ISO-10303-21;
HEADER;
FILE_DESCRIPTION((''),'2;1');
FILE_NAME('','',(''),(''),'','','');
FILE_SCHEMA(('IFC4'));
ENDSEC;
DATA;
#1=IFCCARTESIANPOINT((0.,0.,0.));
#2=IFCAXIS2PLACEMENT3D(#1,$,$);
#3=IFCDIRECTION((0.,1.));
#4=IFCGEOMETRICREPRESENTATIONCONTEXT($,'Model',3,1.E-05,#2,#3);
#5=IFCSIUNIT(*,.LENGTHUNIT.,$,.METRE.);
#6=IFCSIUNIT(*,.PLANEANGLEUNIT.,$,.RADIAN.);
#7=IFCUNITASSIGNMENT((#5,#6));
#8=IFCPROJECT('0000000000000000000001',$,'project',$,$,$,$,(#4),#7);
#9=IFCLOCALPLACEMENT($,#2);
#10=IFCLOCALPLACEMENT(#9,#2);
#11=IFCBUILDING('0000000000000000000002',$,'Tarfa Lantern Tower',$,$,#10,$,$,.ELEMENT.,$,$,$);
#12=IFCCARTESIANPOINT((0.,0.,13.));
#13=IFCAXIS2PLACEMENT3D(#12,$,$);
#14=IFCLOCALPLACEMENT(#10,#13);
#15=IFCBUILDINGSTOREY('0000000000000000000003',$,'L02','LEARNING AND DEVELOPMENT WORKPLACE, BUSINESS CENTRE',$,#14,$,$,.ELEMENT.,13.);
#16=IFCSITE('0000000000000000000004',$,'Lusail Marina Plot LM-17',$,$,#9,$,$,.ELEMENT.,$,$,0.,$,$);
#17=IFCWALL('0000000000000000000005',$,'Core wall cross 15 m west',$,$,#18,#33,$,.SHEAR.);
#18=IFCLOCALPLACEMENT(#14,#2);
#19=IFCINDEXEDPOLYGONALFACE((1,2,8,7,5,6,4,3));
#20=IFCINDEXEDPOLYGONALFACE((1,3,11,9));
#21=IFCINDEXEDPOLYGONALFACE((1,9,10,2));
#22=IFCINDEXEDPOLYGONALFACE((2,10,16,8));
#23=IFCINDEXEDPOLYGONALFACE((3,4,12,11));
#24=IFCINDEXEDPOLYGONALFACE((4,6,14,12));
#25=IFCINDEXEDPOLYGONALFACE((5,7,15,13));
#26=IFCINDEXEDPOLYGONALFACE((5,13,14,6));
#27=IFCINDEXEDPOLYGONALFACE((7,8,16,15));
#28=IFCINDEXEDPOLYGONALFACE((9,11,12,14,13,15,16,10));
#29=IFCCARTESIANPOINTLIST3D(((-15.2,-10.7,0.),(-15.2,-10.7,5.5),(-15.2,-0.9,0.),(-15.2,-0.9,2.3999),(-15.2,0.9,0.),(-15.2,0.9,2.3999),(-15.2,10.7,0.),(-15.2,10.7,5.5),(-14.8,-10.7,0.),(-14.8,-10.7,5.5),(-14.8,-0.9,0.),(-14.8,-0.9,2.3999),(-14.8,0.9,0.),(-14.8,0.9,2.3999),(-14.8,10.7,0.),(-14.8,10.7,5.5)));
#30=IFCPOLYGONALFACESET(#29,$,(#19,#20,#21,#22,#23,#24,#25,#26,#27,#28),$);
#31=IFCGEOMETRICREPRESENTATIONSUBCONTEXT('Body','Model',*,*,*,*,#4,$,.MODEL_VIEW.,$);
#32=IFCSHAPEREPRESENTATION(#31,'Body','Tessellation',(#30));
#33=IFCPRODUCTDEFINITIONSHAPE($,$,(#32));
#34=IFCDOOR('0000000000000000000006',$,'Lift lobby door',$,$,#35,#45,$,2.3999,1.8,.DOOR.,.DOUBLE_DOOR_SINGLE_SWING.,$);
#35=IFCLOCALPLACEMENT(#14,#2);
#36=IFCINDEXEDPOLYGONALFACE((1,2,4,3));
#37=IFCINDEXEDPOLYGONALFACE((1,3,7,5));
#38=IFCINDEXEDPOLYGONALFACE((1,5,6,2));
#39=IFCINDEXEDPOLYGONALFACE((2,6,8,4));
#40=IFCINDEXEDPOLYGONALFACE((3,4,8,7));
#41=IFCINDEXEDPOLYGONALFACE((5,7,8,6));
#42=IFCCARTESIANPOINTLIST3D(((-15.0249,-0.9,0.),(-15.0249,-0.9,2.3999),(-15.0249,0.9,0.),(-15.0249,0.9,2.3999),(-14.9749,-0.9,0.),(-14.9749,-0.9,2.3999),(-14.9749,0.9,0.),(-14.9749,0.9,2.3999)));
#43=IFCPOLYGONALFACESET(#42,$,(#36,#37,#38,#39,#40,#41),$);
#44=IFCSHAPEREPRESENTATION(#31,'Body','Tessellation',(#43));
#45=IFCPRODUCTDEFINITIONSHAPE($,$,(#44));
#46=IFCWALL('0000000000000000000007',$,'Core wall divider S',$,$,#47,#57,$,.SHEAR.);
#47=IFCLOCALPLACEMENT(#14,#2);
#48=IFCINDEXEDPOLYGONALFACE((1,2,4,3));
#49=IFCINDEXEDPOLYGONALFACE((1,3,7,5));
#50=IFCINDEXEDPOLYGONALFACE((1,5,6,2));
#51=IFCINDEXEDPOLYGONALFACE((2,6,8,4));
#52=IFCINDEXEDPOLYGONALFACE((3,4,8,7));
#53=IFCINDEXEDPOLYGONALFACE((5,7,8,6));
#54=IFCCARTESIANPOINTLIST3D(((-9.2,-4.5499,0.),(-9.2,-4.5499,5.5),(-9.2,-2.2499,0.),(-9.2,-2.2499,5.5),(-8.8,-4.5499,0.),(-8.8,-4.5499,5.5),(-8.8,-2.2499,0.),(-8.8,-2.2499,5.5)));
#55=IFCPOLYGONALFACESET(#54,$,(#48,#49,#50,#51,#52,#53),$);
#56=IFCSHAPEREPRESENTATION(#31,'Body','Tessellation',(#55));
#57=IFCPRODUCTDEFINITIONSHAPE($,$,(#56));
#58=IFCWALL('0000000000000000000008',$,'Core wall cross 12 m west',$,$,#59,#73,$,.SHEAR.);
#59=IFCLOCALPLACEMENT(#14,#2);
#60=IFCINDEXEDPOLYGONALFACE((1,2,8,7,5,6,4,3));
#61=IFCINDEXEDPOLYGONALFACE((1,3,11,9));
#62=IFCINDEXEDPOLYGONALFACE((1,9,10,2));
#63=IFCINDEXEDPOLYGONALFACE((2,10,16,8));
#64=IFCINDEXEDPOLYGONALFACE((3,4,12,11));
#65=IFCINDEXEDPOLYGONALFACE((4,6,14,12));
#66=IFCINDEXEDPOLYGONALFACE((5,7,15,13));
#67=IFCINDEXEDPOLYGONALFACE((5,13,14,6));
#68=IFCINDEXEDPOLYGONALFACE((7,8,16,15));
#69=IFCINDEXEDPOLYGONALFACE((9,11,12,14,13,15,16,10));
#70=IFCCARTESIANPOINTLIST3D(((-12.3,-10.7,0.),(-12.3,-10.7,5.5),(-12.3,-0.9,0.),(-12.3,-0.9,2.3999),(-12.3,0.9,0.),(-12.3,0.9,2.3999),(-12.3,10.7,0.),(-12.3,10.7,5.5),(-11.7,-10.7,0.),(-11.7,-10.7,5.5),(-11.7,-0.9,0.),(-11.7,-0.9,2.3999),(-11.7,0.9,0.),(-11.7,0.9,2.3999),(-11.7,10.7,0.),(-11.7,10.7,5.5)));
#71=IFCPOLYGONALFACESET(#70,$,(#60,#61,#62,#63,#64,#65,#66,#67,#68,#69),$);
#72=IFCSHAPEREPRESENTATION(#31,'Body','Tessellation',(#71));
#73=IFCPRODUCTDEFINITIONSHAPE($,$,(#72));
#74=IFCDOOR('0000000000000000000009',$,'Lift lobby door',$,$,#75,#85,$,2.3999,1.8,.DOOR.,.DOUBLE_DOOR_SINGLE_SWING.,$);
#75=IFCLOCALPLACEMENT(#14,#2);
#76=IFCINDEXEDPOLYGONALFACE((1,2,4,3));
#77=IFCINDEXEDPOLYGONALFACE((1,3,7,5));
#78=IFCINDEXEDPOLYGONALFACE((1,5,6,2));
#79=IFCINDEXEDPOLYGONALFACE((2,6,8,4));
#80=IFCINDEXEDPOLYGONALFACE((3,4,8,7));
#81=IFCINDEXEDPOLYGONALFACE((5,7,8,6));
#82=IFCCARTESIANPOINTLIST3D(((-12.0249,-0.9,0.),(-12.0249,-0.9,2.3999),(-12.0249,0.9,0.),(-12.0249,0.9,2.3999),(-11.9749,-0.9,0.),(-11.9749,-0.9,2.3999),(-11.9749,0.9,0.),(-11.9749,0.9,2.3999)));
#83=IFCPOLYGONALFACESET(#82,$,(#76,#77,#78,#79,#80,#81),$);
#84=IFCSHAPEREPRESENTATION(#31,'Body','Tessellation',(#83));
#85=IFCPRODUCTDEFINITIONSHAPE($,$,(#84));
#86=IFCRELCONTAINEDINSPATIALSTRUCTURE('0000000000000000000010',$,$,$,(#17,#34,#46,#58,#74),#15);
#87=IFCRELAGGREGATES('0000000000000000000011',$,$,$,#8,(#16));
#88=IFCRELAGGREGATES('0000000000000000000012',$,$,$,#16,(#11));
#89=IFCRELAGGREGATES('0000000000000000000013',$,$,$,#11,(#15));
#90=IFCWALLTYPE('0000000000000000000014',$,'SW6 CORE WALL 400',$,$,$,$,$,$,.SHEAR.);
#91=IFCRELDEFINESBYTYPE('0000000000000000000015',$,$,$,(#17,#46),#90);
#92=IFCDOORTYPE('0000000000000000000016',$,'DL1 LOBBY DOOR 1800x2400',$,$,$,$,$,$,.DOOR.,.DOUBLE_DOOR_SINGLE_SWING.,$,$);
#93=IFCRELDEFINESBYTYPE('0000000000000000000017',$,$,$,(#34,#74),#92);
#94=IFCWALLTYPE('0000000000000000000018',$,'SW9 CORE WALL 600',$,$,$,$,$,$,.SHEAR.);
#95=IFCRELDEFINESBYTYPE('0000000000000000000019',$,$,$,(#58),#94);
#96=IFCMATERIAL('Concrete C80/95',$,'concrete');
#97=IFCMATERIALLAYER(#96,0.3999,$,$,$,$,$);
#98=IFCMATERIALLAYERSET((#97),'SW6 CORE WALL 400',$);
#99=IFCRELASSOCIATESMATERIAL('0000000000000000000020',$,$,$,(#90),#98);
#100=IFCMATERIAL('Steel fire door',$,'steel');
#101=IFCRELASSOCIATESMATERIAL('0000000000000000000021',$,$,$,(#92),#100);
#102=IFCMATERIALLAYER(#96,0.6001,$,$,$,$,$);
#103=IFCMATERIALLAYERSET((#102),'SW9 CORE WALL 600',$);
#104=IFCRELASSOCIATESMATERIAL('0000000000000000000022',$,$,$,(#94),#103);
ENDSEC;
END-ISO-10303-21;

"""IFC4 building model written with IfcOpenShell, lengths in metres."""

from ifc_helpers import new_model, si_unit, direction, frame, frame_2d, origin, place, context, subcontext, project, spatial, rectangle, extrude, material, layer, layer_set, type_object, element, fill, save


model = new_model("IFC4")

# Units and contexts
model_context = context("Model", 3, precision=1e-05, world=origin(), true_north=direction((0.0, 1.0)))
body_context = subcontext(model_context, "Body", "Model", "MODEL_VIEW")
ifc_project = project(units=[si_unit("LENGTHUNIT", "METRE"), si_unit("PLANEANGLEUNIT", "RADIAN")], contexts=[model_context])

# Site, building, storey
site_placement = place(None, origin())
site = spatial("IfcSite", under=ifc_project, at=site_placement, Name="Lusail Marina Plot LM-17", CompositionType="ELEMENT", RefElevation=0.0)
building_placement = place(site_placement, origin())
building = spatial("IfcBuilding", under=site, at=building_placement, Name="Tarfa Lantern Tower", CompositionType="ELEMENT")
storey_placement = place(building_placement, frame((0.0, 0.0, 13.0)))
storey = spatial("IfcBuildingStorey", under=building, at=storey_placement, Name="L02", Description="LEARNING AND DEVELOPMENT WORKPLACE, BUSINESS CENTRE", CompositionType="ELEMENT", Elevation=13.0)

# Shared definitions
ifc_material_1 = material(Name="Concrete C80/95", Category="concrete")

# Wall, opening, door
ifc_layer_1 = layer(ifc_material_1, 0.3999)
ifc_layer_set_1 = layer_set([ifc_layer_1], Name="SW6 CORE WALL 400")
wall_type_1 = type_object("IfcWallType", Name="SW6 CORE WALL 400", PredefinedType="SHEAR", material=ifc_layer_set_1)
wall_1_placement = place(storey_placement, frame((-15.0, -10.7, 0.0), z_axis=(0.0, 0.0, 1.0), x_axis=(0.0, 1.0, 0.0)))
wall_1 = element("IfcWall", 1, at=wall_1_placement, inside=storey, type_object=wall_type_1, Name="Core wall cross 15 m west", PredefinedType="SHEAR", context=body_context, shape_type="SweptSolid", body=[
    extrude(rectangle(XDim=21.3999, YDim=0.3999, at=frame_2d((10.7, 0.0))), origin(), (0.0, 0.0, 1.0), 5.5),
])
opening_1_placement = place(wall_1_placement, frame((9.8, 0.0, 0.0)))
opening_1 = element("IfcOpeningElement", 2, at=opening_1_placement, cuts=wall_1, PredefinedType="OPENING", context=body_context, shape_type="SweptSolid", body=[
    extrude(rectangle(XDim=1.8, YDim=2.3999, at=frame_2d((0.8999, 1.2))), frame((0.0, 0.21, 0.0), z_axis=(0.0, -1.0, 0.0), x_axis=(1.0, 0.0, 0.0)), (0.0, 0.0, 1.0), 0.4199),
])
ifc_material_2 = material(Name="Steel fire door", Category="steel")
door_type = type_object("IfcDoorType", Name="DL1 LOBBY DOOR 1800x2400", OperationType="DOUBLE_DOOR_SINGLE_SWING", PredefinedType="DOOR", material=ifc_material_2)
door_1_placement = place(opening_1_placement, origin())
door_1 = element("IfcDoor", 3, at=door_1_placement, inside=storey, type_object=door_type, Name="Lift lobby door", OperationType="DOUBLE_DOOR_SINGLE_SWING", OverallHeight=2.3999, OverallWidth=1.8, PredefinedType="DOOR", context=body_context, shape_type="SweptSolid", body=[
    extrude(rectangle(XDim=1.8, YDim=2.3999, at=frame_2d((0.8999, 1.2))), frame((0.0, 0.0249, 0.0), z_axis=(0.0, -1.0, 0.0), x_axis=(1.0, 0.0, 0.0)), (0.0, 0.0, 1.0), 0.05),
])
fill(opening_1, door_1)

# Wall
wall_2_placement = place(storey_placement, frame((-9.0, -2.25, 0.0), z_axis=(0.0, 0.0, 1.0), x_axis=(0.0, -1.0, 0.0)))
element("IfcWall", 4, at=wall_2_placement, inside=storey, type_object=wall_type_1, Name="Core wall divider S", PredefinedType="SHEAR", context=body_context, shape_type="SweptSolid", body=[
    extrude(rectangle(XDim=2.3, YDim=0.3999, at=frame_2d((1.1499, 0.0))), origin(), (0.0, 0.0, 1.0), 5.5),
])

# Wall, opening, door
ifc_layer_2 = layer(ifc_material_1, 0.6001)
ifc_layer_set_2 = layer_set([ifc_layer_2], Name="SW9 CORE WALL 600")
wall_type_2 = type_object("IfcWallType", Name="SW9 CORE WALL 600", PredefinedType="SHEAR", material=ifc_layer_set_2)
wall_3_placement = place(storey_placement, frame((-12.0, -10.7, 0.0), z_axis=(0.0, 0.0, 1.0), x_axis=(0.0, 1.0, 0.0)))
wall_3 = element("IfcWall", 5, at=wall_3_placement, inside=storey, type_object=wall_type_2, Name="Core wall cross 12 m west", PredefinedType="SHEAR", context=body_context, shape_type="SweptSolid", body=[
    extrude(rectangle(XDim=21.3999, YDim=0.6001, at=frame_2d((10.7, 0.0))), origin(), (0.0, 0.0, 1.0), 5.5),
])
opening_2_placement = place(wall_3_placement, frame((9.8, 0.0, 0.0)))
opening_2 = element("IfcOpeningElement", 6, at=opening_2_placement, cuts=wall_3, PredefinedType="OPENING", context=body_context, shape_type="SweptSolid", body=[
    extrude(rectangle(XDim=1.8, YDim=2.3999, at=frame_2d((0.8999, 1.2))), frame((0.0, 0.3101, 0.0), z_axis=(0.0, -1.0, 0.0), x_axis=(1.0, 0.0, 0.0)), (0.0, 0.0, 1.0), 0.6201),
])
door_2_placement = place(opening_2_placement, origin())
door_2 = element("IfcDoor", 7, at=door_2_placement, inside=storey, type_object=door_type, Name="Lift lobby door", OperationType="DOUBLE_DOOR_SINGLE_SWING", OverallHeight=2.3999, OverallWidth=1.8, PredefinedType="DOOR", context=body_context, shape_type="SweptSolid", body=[
    extrude(rectangle(XDim=1.8, YDim=2.3999, at=frame_2d((0.8999, 1.2))), frame((0.0, 0.0249, 0.0), z_axis=(0.0, -1.0, 0.0), x_axis=(1.0, 0.0, 0.0)), (0.0, 0.0, 1.0), 0.05),
])
fill(opening_2, door_2)

save(model, "model.ifc")
